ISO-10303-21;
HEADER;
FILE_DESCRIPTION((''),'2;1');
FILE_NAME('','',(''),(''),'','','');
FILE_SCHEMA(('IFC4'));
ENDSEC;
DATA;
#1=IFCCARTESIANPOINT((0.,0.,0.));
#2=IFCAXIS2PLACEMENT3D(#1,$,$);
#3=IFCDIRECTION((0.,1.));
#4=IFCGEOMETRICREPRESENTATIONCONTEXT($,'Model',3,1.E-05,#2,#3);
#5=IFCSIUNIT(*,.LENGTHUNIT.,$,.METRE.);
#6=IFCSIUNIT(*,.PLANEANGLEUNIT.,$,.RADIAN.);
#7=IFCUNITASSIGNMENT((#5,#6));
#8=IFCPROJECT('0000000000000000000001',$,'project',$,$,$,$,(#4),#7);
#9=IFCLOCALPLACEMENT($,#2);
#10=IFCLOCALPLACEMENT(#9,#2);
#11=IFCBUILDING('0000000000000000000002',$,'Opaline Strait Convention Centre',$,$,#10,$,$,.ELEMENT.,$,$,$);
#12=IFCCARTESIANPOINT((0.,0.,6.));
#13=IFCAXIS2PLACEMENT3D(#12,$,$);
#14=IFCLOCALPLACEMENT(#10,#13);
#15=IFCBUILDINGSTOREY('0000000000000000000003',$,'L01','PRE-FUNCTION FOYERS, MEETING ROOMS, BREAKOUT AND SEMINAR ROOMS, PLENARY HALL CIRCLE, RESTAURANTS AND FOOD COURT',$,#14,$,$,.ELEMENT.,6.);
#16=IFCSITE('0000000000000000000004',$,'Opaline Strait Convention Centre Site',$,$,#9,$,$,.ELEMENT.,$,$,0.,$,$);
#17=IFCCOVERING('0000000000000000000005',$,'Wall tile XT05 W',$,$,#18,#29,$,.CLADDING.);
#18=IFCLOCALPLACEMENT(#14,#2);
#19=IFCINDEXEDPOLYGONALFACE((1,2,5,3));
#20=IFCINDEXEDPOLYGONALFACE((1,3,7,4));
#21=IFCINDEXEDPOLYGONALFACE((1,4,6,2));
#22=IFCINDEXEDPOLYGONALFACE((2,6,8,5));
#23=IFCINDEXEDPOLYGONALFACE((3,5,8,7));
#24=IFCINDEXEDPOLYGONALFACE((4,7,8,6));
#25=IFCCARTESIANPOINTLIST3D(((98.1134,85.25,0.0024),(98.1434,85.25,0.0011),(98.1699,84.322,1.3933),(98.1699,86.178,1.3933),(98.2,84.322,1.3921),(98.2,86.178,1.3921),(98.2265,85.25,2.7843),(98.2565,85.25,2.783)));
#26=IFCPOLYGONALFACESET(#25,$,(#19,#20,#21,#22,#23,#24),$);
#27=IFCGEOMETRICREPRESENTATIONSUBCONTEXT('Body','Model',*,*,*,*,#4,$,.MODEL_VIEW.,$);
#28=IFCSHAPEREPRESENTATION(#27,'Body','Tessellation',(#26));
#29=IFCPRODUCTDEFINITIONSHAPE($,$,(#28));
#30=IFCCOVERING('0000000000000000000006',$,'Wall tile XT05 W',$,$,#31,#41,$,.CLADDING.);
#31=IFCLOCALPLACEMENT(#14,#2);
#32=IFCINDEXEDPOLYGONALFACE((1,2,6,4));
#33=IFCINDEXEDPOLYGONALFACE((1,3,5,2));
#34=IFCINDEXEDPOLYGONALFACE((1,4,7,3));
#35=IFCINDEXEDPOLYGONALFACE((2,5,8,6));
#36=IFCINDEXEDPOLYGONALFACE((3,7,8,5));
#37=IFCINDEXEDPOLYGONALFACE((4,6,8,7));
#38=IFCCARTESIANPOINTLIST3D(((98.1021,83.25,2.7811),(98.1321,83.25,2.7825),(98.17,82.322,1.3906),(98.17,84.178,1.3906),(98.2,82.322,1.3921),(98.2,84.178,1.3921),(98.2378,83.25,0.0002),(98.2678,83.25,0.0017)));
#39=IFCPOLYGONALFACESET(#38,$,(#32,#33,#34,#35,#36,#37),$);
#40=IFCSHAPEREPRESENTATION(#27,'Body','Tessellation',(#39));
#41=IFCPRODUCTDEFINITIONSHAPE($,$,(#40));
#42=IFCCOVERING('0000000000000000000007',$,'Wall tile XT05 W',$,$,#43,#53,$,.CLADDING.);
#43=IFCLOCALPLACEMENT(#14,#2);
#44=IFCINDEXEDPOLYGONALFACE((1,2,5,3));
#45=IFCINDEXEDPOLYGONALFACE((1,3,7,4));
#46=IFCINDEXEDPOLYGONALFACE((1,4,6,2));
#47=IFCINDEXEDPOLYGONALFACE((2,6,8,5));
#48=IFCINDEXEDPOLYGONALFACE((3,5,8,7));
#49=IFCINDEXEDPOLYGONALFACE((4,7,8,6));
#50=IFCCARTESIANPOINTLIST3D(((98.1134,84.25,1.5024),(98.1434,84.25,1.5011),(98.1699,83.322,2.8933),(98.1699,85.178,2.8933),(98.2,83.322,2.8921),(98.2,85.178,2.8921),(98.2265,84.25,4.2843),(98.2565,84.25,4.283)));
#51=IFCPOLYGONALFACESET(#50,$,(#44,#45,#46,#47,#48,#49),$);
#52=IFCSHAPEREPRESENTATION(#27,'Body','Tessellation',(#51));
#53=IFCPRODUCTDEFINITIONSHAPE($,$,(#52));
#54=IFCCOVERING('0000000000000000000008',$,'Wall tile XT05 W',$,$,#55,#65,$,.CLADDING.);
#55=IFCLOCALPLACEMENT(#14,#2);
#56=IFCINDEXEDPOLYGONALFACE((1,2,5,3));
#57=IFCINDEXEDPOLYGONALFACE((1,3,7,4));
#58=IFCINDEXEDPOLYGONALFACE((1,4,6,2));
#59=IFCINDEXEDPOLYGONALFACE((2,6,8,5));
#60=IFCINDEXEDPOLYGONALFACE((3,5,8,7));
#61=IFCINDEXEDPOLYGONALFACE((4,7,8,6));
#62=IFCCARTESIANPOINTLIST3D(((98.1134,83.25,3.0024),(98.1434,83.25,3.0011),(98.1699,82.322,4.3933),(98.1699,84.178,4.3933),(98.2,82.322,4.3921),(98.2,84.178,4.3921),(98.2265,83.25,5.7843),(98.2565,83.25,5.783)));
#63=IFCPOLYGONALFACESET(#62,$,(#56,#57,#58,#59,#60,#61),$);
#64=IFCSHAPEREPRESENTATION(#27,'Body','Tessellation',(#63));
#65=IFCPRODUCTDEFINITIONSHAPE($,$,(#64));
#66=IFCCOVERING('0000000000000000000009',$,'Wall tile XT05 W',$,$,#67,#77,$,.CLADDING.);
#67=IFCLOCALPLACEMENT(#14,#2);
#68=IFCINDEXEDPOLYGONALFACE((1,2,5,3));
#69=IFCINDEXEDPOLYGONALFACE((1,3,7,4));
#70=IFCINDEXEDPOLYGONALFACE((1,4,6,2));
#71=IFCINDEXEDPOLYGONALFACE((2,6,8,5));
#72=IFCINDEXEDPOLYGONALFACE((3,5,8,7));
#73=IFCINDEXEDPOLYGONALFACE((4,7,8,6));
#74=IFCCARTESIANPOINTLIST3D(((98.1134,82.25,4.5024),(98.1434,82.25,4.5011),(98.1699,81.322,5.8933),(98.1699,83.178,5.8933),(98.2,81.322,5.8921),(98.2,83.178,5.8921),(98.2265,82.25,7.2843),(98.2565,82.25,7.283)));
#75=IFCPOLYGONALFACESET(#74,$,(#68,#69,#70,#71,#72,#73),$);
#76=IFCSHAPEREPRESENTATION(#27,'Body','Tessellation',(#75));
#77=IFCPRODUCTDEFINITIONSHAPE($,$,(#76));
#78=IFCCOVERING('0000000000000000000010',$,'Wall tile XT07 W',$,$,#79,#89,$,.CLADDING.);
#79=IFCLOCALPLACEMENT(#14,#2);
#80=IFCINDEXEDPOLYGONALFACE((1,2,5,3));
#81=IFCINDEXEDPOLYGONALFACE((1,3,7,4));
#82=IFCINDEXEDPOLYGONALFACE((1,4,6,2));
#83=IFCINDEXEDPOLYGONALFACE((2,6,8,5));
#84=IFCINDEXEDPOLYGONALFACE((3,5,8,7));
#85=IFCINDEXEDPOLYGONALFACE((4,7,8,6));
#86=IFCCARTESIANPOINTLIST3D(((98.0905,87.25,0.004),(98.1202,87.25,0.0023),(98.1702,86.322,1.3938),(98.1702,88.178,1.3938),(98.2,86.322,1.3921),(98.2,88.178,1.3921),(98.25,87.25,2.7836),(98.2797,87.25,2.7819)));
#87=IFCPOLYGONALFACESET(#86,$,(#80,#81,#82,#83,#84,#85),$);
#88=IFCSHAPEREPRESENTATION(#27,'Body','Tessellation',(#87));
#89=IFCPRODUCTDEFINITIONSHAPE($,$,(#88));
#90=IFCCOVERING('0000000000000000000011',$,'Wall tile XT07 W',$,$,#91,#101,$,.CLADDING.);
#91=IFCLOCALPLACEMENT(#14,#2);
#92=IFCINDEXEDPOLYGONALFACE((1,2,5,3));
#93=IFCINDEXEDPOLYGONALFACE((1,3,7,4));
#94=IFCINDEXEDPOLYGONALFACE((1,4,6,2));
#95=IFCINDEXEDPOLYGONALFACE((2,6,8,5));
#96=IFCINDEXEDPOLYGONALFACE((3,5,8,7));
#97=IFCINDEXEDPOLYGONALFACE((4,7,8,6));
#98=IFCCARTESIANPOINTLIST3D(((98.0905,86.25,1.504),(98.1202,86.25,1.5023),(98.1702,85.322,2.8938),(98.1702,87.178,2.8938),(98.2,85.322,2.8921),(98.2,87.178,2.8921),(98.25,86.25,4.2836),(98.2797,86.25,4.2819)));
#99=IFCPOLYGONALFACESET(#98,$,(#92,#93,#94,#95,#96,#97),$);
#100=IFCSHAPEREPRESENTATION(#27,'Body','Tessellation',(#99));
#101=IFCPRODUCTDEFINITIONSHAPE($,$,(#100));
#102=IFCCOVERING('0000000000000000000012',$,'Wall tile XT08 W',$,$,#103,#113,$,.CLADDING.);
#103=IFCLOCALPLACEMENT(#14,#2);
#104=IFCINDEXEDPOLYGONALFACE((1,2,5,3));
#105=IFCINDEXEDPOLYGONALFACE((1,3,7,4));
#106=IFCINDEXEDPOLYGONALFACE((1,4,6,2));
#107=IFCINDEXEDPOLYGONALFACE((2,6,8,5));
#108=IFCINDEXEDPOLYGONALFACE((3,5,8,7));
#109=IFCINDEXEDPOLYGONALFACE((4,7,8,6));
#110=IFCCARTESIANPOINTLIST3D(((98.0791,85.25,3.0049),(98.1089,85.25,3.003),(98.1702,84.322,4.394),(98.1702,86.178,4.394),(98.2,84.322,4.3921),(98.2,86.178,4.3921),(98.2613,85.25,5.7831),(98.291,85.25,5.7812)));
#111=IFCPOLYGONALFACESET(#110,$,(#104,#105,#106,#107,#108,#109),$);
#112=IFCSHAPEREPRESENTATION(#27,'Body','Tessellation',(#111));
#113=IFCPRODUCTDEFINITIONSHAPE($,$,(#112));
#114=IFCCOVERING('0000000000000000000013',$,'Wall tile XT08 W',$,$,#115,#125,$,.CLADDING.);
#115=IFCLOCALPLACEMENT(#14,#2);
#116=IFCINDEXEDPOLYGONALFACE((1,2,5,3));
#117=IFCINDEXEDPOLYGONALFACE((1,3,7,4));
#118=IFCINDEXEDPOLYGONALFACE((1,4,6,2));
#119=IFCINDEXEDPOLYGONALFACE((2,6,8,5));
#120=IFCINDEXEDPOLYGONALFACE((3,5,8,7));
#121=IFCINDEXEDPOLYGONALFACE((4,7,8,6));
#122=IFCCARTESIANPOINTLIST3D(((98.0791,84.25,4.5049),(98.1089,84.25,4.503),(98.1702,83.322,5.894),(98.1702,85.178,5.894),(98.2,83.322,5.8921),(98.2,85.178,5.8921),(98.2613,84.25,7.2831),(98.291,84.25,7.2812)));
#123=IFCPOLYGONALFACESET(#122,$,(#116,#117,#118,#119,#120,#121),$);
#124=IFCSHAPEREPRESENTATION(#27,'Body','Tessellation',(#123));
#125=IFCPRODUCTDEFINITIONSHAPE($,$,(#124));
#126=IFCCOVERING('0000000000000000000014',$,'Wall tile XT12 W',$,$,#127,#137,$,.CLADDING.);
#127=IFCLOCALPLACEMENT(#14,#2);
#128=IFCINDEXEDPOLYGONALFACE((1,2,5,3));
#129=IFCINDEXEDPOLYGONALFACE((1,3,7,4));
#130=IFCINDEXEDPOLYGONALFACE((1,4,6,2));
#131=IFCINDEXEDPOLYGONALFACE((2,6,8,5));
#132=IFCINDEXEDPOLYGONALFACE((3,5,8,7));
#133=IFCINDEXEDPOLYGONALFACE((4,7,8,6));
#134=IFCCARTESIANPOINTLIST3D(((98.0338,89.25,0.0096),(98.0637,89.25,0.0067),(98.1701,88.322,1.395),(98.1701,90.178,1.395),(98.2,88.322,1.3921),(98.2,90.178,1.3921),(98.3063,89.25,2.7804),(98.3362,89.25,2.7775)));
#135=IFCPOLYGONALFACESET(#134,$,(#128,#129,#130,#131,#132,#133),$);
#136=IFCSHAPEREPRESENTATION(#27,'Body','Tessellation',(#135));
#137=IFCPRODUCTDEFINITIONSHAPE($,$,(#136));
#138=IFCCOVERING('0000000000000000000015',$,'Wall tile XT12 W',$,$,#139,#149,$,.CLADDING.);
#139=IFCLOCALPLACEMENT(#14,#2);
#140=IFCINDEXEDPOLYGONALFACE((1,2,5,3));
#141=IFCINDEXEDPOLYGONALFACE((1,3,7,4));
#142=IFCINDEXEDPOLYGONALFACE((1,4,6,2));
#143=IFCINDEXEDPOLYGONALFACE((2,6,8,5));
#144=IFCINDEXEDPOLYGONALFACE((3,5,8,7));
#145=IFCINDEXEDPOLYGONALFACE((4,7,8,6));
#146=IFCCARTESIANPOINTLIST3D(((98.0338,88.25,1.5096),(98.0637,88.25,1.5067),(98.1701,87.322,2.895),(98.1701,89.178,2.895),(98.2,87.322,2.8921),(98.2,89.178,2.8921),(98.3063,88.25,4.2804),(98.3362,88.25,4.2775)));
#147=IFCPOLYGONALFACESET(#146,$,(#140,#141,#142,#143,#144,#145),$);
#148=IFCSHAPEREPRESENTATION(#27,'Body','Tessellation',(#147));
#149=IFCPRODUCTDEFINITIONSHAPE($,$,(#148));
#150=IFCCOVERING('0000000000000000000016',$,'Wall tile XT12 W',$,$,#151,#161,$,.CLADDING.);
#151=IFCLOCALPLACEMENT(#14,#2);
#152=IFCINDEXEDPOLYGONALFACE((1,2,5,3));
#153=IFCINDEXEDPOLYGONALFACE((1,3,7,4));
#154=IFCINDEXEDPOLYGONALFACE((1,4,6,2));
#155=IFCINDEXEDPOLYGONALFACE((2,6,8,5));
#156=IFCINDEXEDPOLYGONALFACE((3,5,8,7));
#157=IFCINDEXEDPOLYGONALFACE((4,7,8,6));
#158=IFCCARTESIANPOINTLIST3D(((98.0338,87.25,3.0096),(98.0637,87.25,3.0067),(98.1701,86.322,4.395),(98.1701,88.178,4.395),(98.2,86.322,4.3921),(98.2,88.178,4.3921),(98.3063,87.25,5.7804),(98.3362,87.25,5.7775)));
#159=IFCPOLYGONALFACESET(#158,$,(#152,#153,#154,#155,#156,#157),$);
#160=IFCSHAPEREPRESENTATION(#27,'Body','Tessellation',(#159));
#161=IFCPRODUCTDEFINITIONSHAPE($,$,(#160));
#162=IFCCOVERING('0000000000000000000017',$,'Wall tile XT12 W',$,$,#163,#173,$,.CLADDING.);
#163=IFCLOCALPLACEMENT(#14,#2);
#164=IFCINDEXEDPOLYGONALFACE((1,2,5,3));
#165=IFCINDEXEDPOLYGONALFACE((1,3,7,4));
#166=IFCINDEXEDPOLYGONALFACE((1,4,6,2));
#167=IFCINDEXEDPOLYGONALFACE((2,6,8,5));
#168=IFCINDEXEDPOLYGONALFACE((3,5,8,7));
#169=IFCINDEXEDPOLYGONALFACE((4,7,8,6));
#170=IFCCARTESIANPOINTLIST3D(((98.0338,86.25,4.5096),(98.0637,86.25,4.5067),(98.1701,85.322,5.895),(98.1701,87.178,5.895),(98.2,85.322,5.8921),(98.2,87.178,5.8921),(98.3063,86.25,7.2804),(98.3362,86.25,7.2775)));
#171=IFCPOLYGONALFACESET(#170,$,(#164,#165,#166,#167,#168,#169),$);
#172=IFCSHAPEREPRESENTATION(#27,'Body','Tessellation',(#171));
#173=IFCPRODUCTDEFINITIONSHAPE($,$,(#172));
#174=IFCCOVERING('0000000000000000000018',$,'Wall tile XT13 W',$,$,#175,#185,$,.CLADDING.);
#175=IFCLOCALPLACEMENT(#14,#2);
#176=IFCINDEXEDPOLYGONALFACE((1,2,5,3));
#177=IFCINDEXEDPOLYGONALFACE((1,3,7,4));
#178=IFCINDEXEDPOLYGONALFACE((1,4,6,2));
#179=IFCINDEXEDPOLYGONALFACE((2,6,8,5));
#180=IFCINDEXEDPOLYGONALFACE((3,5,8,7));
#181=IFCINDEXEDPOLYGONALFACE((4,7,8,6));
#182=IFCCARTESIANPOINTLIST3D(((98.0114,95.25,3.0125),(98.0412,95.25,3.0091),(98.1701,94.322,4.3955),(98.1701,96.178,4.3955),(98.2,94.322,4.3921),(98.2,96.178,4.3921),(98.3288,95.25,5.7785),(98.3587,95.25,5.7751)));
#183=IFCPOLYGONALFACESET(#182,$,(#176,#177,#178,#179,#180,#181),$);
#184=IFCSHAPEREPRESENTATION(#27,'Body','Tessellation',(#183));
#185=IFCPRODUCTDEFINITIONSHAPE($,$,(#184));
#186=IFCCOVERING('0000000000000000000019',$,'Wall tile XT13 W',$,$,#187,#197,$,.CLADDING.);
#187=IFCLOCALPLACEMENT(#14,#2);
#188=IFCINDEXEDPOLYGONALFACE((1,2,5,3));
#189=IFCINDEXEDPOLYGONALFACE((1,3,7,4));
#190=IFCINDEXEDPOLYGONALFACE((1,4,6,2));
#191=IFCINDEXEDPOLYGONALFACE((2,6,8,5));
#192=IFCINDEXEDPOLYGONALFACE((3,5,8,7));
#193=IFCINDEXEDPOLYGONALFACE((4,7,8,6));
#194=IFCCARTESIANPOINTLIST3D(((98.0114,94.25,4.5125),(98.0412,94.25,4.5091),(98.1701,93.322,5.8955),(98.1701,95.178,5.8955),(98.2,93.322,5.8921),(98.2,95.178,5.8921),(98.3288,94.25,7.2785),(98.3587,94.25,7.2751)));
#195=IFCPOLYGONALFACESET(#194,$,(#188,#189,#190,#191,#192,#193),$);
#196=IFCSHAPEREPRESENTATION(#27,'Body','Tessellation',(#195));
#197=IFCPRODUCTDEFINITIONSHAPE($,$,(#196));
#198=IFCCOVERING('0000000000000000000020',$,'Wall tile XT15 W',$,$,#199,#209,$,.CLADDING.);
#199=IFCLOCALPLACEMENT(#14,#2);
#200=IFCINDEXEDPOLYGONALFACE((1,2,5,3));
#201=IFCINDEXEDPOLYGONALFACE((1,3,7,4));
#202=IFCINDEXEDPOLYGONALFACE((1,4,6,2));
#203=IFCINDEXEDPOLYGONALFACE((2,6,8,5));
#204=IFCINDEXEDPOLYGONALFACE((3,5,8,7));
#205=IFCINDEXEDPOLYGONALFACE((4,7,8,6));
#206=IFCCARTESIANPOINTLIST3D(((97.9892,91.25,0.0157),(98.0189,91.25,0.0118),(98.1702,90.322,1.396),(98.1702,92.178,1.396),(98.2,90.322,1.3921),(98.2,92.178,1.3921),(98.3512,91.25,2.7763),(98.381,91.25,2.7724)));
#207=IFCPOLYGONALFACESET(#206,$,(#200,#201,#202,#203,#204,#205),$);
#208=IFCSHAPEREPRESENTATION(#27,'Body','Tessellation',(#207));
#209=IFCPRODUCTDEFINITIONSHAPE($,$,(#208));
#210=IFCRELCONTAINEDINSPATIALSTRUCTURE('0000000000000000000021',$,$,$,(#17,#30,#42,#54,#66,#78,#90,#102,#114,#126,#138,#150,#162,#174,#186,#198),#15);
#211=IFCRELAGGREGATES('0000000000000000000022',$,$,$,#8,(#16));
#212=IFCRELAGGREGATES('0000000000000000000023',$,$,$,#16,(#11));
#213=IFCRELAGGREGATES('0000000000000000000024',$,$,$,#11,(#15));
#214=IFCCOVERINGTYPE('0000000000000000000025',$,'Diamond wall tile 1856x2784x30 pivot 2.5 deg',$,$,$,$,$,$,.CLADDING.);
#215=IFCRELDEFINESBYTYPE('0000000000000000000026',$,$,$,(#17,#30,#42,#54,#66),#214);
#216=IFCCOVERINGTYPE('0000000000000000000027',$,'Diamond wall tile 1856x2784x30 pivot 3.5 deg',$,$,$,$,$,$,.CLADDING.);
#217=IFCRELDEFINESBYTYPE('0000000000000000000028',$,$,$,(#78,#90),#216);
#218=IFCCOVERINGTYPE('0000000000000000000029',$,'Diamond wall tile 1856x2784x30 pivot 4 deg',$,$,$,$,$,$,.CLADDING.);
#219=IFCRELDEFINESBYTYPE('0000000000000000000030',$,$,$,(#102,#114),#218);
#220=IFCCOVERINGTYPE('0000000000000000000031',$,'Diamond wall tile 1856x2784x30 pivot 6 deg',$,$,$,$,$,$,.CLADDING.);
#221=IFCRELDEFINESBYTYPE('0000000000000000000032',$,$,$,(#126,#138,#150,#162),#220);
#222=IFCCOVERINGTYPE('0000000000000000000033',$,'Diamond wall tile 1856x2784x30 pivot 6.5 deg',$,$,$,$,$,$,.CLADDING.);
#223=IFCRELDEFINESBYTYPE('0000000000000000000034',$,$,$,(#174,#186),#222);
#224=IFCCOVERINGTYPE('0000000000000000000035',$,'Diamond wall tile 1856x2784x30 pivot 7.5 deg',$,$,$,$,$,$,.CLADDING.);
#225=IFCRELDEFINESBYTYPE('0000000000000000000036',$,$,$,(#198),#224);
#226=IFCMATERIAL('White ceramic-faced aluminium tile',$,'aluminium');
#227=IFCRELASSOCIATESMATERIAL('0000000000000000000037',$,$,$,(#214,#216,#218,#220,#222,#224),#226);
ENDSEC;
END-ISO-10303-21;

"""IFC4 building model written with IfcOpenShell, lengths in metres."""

from ifc_helpers import new_model, si_unit, direction, frame, origin, place, context, subcontext, project, spatial, polyline, outline, extrude, material, material_profile, profile_set, type_object, element, save


model = new_model("IFC4")

# Units and contexts
model_context = context("Model", 3, precision=1e-05, world=origin(), true_north=direction((0.0, 1.0)))
body_context = subcontext(model_context, "Body", "Model", "MODEL_VIEW")
ifc_project = project(units=[si_unit("LENGTHUNIT", "METRE"), si_unit("PLANEANGLEUNIT", "RADIAN")], contexts=[model_context])

# Site, building, storey
site_placement = place(None, origin())
site = spatial("IfcSite", under=ifc_project, at=site_placement, Name="Opaline Strait Convention Centre Site", CompositionType="ELEMENT", RefElevation=0.0)
building_placement = place(site_placement, origin())
building = spatial("IfcBuilding", under=site, at=building_placement, Name="Opaline Strait Convention Centre", CompositionType="ELEMENT")
storey_placement = place(building_placement, frame((0.0, 0.0, 6.0)))
storey = spatial("IfcBuildingStorey", under=building, at=storey_placement, Name="L01", Description="PRE-FUNCTION FOYERS, MEETING ROOMS, BREAKOUT AND SEMINAR ROOMS, PLENARY HALL CIRCLE, RESTAURANTS AND FOOD COURT", CompositionType="ELEMENT", Elevation=6.0)

# Coverings
ifc_material = material(Name="White ceramic-faced aluminium tile", Category="aluminium")
ifc_material_profile_1 = material_profile(ifc_material, outline(polyline([(0.928, 0.0), (0.0, 1.3921), (-0.928, 0.0), (0.0, -1.3921), (0.928, 0.0)])), Name="Diamond tile 1856x2784")
ifc_profile_set_1 = profile_set([ifc_material_profile_1], Name="White ceramic-faced aluminium tile")
covering_type_1 = type_object("IfcCoveringType", Name="Diamond wall tile 1856x2784x30 pivot 2.5 deg", PredefinedType="CLADDING", material=ifc_profile_set_1)
for number, where, z_axis, x_axis, name in (
    (1, (98.2, 85.25, 1.3921), (-0.999175, 0.0, 0.040617), (0.0, -1.0, 0.0), "Wall tile XT05 W"),
    (2, (98.2, 83.25, 1.3921), (-0.998812, 0.0, -0.048723), (0.0, -1.0, 0.0), "Wall tile XT05 W"),
    (3, (98.2, 84.25, 2.8921), (-0.999175, 0.0, 0.040617), (0.0, -1.0, 0.0), "Wall tile XT05 W"),
    (4, (98.2, 83.25, 4.3921), (-0.999175, 0.0, 0.040617), (0.0, -1.0, 0.0), "Wall tile XT05 W"),
    (5, (98.2, 82.25, 5.8921), (-0.999175, 0.0, 0.040617), (0.0, -1.0, 0.0), "Wall tile XT05 W"),
):
    element("IfcCovering", number, at=place(storey_placement, frame(where, z_axis=z_axis, x_axis=x_axis)), inside=storey, type_object=covering_type_1, Name=name, PredefinedType="CLADDING", context=body_context, shape_type="SweptSolid", body=[
        extrude(outline(polyline([(0.928, 0.0), (0.0, 1.3921), (-0.928, 0.0), (0.0, -1.3921), (0.928, 0.0)])), origin(), (0.0, 0.0, 1.0), 0.03),
    ])
ifc_material_profile_2 = material_profile(ifc_material, outline(polyline([(0.928, 0.0), (0.0, 1.3921), (-0.928, 0.0), (0.0, -1.3921), (0.928, 0.0)])), Name="Diamond tile 1856x2784")
ifc_profile_set_2 = profile_set([ifc_material_profile_2], Name="White ceramic-faced aluminium tile")
covering_type_2 = type_object("IfcCoveringType", Name="Diamond wall tile 1856x2784x30 pivot 3.5 deg", PredefinedType="CLADDING", material=ifc_profile_set_2)
for number, where, z_axis, x_axis, name in (
    (6, (98.2, 87.25, 1.3921), (-0.998358, 0.0, 0.057283), (0.0, -1.0, 0.0), "Wall tile XT07 W"),
    (7, (98.2, 86.25, 2.8921), (-0.998358, 0.0, 0.057283), (0.0, -1.0, 0.0), "Wall tile XT07 W"),
):
    element("IfcCovering", number, at=place(storey_placement, frame(where, z_axis=z_axis, x_axis=x_axis)), inside=storey, type_object=covering_type_2, Name=name, PredefinedType="CLADDING", context=body_context, shape_type="SweptSolid", body=[
        extrude(outline(polyline([(0.928, 0.0), (0.0, 1.3921), (-0.928, 0.0), (0.0, -1.3921), (0.928, 0.0)])), origin(), (0.0, 0.0, 1.0), 0.0298),
    ])
ifc_material_profile_3 = material_profile(ifc_material, outline(polyline([(0.928, 0.0), (0.0, 1.3921), (-0.928, 0.0), (0.0, -1.3921), (0.928, 0.0)])), Name="Diamond tile 1856x2784")
ifc_profile_set_3 = profile_set([ifc_material_profile_3], Name="White ceramic-faced aluminium tile")
covering_type_3 = type_object("IfcCoveringType", Name="Diamond wall tile 1856x2784x30 pivot 4 deg", PredefinedType="CLADDING", material=ifc_profile_set_3)
for number, where, z_axis, x_axis, name in (
    (8, (98.2, 85.25, 4.3921), (-0.997857, 0.0, 0.065433), (0.0, -1.0, 0.0), "Wall tile XT08 W"),
    (9, (98.2, 84.25, 5.8921), (-0.997857, 0.0, 0.065433), (0.0, -1.0, 0.0), "Wall tile XT08 W"),
):
    element("IfcCovering", number, at=place(storey_placement, frame(where, z_axis=z_axis, x_axis=x_axis)), inside=storey, type_object=covering_type_3, Name=name, PredefinedType="CLADDING", context=body_context, shape_type="SweptSolid", body=[
        extrude(outline(polyline([(0.928, 0.0), (0.0, 1.3921), (-0.928, 0.0), (0.0, -1.3921), (0.928, 0.0)])), origin(), (0.0, 0.0, 1.0), 0.0298),
    ])
ifc_material_profile_4 = material_profile(ifc_material, outline(polyline([(0.928, 0.0), (0.0, 1.3921), (-0.928, 0.0), (0.0, -1.3921), (0.928, 0.0)])), Name="Diamond tile 1856x2784")
ifc_profile_set_4 = profile_set([ifc_material_profile_4], Name="White ceramic-faced aluminium tile")
covering_type_4 = type_object("IfcCoveringType", Name="Diamond wall tile 1856x2784x30 pivot 6 deg", PredefinedType="CLADDING", material=ifc_profile_set_4)
for number, where, z_axis, x_axis, name in (
    (10, (98.2, 89.25, 1.3921), (-0.995197, 0.0, 0.097888), (0.0, -1.0, 0.0), "Wall tile XT12 W"),
    (11, (98.2, 88.25, 2.8921), (-0.995197, 0.0, 0.097888), (0.0, -1.0, 0.0), "Wall tile XT12 W"),
    (12, (98.2, 87.25, 4.3921), (-0.995197, 0.0, 0.097888), (0.0, -1.0, 0.0), "Wall tile XT12 W"),
    (13, (98.2, 86.25, 5.8921), (-0.995197, 0.0, 0.097888), (0.0, -1.0, 0.0), "Wall tile XT12 W"),
):
    element("IfcCovering", number, at=place(storey_placement, frame(where, z_axis=z_axis, x_axis=x_axis)), inside=storey, type_object=covering_type_4, Name=name, PredefinedType="CLADDING", context=body_context, shape_type="SweptSolid", body=[
        extrude(outline(polyline([(0.928, 0.0), (0.0, 1.3921), (-0.928, 0.0), (0.0, -1.3921), (0.928, 0.0)])), origin(), (0.0, 0.0, 1.0), 0.03),
    ])
ifc_material_profile_5 = material_profile(ifc_material, outline(polyline([(0.928, 0.0), (0.0, 1.3921), (-0.928, 0.0), (0.0, -1.3921), (0.928, 0.0)])), Name="Diamond tile 1856x2784")
ifc_profile_set_5 = profile_set([ifc_material_profile_5], Name="White ceramic-faced aluminium tile")
covering_type_5 = type_object("IfcCoveringType", Name="Diamond wall tile 1856x2784x30 pivot 6.5 deg", PredefinedType="CLADDING", material=ifc_profile_set_5)
for number, where, z_axis, x_axis, name in (
    (14, (98.2, 95.25, 4.3921), (-0.99348, 0.0, 0.114006), (0.0, -1.0, 0.0), "Wall tile XT13 W"),
    (15, (98.2, 94.25, 5.8921), (-0.99348, 0.0, 0.114006), (0.0, -1.0, 0.0), "Wall tile XT13 W"),
):
    element("IfcCovering", number, at=place(storey_placement, frame(where, z_axis=z_axis, x_axis=x_axis)), inside=storey, type_object=covering_type_5, Name=name, PredefinedType="CLADDING", context=body_context, shape_type="SweptSolid", body=[
        extrude(outline(polyline([(0.928, 0.0), (0.0, 1.3921), (-0.928, 0.0), (0.0, -1.3921), (0.928, 0.0)])), origin(), (0.0, 0.0, 1.0), 0.03),
    ])
ifc_material_profile_6 = material_profile(ifc_material, outline(polyline([(0.928, 0.0), (0.0, 1.3921), (-0.928, 0.0), (0.0, -1.3921), (0.928, 0.0)])), Name="Diamond tile 1856x2784")
ifc_profile_set_6 = profile_set([ifc_material_profile_6], Name="White ceramic-faced aluminium tile")
covering_type_6 = type_object("IfcCoveringType", Name="Diamond wall tile 1856x2784x30 pivot 7.5 deg", PredefinedType="CLADDING", material=ifc_profile_set_6)
for number, where, z_axis, x_axis, name in (
    (16, (98.2, 91.25, 1.3921), (-0.99151, 0.0, 0.130034), (0.0, -1.0, 0.0), "Wall tile XT15 W"),
):
    element("IfcCovering", number, at=place(storey_placement, frame(where, z_axis=z_axis, x_axis=x_axis)), inside=storey, type_object=covering_type_6, Name=name, PredefinedType="CLADDING", context=body_context, shape_type="SweptSolid", body=[
        extrude(outline(polyline([(0.928, 0.0), (0.0, 1.3921), (-0.928, 0.0), (0.0, -1.3921), (0.928, 0.0)])), origin(), (0.0, 0.0, 1.0), 0.03),
    ])

save(model, "model.ifc")
